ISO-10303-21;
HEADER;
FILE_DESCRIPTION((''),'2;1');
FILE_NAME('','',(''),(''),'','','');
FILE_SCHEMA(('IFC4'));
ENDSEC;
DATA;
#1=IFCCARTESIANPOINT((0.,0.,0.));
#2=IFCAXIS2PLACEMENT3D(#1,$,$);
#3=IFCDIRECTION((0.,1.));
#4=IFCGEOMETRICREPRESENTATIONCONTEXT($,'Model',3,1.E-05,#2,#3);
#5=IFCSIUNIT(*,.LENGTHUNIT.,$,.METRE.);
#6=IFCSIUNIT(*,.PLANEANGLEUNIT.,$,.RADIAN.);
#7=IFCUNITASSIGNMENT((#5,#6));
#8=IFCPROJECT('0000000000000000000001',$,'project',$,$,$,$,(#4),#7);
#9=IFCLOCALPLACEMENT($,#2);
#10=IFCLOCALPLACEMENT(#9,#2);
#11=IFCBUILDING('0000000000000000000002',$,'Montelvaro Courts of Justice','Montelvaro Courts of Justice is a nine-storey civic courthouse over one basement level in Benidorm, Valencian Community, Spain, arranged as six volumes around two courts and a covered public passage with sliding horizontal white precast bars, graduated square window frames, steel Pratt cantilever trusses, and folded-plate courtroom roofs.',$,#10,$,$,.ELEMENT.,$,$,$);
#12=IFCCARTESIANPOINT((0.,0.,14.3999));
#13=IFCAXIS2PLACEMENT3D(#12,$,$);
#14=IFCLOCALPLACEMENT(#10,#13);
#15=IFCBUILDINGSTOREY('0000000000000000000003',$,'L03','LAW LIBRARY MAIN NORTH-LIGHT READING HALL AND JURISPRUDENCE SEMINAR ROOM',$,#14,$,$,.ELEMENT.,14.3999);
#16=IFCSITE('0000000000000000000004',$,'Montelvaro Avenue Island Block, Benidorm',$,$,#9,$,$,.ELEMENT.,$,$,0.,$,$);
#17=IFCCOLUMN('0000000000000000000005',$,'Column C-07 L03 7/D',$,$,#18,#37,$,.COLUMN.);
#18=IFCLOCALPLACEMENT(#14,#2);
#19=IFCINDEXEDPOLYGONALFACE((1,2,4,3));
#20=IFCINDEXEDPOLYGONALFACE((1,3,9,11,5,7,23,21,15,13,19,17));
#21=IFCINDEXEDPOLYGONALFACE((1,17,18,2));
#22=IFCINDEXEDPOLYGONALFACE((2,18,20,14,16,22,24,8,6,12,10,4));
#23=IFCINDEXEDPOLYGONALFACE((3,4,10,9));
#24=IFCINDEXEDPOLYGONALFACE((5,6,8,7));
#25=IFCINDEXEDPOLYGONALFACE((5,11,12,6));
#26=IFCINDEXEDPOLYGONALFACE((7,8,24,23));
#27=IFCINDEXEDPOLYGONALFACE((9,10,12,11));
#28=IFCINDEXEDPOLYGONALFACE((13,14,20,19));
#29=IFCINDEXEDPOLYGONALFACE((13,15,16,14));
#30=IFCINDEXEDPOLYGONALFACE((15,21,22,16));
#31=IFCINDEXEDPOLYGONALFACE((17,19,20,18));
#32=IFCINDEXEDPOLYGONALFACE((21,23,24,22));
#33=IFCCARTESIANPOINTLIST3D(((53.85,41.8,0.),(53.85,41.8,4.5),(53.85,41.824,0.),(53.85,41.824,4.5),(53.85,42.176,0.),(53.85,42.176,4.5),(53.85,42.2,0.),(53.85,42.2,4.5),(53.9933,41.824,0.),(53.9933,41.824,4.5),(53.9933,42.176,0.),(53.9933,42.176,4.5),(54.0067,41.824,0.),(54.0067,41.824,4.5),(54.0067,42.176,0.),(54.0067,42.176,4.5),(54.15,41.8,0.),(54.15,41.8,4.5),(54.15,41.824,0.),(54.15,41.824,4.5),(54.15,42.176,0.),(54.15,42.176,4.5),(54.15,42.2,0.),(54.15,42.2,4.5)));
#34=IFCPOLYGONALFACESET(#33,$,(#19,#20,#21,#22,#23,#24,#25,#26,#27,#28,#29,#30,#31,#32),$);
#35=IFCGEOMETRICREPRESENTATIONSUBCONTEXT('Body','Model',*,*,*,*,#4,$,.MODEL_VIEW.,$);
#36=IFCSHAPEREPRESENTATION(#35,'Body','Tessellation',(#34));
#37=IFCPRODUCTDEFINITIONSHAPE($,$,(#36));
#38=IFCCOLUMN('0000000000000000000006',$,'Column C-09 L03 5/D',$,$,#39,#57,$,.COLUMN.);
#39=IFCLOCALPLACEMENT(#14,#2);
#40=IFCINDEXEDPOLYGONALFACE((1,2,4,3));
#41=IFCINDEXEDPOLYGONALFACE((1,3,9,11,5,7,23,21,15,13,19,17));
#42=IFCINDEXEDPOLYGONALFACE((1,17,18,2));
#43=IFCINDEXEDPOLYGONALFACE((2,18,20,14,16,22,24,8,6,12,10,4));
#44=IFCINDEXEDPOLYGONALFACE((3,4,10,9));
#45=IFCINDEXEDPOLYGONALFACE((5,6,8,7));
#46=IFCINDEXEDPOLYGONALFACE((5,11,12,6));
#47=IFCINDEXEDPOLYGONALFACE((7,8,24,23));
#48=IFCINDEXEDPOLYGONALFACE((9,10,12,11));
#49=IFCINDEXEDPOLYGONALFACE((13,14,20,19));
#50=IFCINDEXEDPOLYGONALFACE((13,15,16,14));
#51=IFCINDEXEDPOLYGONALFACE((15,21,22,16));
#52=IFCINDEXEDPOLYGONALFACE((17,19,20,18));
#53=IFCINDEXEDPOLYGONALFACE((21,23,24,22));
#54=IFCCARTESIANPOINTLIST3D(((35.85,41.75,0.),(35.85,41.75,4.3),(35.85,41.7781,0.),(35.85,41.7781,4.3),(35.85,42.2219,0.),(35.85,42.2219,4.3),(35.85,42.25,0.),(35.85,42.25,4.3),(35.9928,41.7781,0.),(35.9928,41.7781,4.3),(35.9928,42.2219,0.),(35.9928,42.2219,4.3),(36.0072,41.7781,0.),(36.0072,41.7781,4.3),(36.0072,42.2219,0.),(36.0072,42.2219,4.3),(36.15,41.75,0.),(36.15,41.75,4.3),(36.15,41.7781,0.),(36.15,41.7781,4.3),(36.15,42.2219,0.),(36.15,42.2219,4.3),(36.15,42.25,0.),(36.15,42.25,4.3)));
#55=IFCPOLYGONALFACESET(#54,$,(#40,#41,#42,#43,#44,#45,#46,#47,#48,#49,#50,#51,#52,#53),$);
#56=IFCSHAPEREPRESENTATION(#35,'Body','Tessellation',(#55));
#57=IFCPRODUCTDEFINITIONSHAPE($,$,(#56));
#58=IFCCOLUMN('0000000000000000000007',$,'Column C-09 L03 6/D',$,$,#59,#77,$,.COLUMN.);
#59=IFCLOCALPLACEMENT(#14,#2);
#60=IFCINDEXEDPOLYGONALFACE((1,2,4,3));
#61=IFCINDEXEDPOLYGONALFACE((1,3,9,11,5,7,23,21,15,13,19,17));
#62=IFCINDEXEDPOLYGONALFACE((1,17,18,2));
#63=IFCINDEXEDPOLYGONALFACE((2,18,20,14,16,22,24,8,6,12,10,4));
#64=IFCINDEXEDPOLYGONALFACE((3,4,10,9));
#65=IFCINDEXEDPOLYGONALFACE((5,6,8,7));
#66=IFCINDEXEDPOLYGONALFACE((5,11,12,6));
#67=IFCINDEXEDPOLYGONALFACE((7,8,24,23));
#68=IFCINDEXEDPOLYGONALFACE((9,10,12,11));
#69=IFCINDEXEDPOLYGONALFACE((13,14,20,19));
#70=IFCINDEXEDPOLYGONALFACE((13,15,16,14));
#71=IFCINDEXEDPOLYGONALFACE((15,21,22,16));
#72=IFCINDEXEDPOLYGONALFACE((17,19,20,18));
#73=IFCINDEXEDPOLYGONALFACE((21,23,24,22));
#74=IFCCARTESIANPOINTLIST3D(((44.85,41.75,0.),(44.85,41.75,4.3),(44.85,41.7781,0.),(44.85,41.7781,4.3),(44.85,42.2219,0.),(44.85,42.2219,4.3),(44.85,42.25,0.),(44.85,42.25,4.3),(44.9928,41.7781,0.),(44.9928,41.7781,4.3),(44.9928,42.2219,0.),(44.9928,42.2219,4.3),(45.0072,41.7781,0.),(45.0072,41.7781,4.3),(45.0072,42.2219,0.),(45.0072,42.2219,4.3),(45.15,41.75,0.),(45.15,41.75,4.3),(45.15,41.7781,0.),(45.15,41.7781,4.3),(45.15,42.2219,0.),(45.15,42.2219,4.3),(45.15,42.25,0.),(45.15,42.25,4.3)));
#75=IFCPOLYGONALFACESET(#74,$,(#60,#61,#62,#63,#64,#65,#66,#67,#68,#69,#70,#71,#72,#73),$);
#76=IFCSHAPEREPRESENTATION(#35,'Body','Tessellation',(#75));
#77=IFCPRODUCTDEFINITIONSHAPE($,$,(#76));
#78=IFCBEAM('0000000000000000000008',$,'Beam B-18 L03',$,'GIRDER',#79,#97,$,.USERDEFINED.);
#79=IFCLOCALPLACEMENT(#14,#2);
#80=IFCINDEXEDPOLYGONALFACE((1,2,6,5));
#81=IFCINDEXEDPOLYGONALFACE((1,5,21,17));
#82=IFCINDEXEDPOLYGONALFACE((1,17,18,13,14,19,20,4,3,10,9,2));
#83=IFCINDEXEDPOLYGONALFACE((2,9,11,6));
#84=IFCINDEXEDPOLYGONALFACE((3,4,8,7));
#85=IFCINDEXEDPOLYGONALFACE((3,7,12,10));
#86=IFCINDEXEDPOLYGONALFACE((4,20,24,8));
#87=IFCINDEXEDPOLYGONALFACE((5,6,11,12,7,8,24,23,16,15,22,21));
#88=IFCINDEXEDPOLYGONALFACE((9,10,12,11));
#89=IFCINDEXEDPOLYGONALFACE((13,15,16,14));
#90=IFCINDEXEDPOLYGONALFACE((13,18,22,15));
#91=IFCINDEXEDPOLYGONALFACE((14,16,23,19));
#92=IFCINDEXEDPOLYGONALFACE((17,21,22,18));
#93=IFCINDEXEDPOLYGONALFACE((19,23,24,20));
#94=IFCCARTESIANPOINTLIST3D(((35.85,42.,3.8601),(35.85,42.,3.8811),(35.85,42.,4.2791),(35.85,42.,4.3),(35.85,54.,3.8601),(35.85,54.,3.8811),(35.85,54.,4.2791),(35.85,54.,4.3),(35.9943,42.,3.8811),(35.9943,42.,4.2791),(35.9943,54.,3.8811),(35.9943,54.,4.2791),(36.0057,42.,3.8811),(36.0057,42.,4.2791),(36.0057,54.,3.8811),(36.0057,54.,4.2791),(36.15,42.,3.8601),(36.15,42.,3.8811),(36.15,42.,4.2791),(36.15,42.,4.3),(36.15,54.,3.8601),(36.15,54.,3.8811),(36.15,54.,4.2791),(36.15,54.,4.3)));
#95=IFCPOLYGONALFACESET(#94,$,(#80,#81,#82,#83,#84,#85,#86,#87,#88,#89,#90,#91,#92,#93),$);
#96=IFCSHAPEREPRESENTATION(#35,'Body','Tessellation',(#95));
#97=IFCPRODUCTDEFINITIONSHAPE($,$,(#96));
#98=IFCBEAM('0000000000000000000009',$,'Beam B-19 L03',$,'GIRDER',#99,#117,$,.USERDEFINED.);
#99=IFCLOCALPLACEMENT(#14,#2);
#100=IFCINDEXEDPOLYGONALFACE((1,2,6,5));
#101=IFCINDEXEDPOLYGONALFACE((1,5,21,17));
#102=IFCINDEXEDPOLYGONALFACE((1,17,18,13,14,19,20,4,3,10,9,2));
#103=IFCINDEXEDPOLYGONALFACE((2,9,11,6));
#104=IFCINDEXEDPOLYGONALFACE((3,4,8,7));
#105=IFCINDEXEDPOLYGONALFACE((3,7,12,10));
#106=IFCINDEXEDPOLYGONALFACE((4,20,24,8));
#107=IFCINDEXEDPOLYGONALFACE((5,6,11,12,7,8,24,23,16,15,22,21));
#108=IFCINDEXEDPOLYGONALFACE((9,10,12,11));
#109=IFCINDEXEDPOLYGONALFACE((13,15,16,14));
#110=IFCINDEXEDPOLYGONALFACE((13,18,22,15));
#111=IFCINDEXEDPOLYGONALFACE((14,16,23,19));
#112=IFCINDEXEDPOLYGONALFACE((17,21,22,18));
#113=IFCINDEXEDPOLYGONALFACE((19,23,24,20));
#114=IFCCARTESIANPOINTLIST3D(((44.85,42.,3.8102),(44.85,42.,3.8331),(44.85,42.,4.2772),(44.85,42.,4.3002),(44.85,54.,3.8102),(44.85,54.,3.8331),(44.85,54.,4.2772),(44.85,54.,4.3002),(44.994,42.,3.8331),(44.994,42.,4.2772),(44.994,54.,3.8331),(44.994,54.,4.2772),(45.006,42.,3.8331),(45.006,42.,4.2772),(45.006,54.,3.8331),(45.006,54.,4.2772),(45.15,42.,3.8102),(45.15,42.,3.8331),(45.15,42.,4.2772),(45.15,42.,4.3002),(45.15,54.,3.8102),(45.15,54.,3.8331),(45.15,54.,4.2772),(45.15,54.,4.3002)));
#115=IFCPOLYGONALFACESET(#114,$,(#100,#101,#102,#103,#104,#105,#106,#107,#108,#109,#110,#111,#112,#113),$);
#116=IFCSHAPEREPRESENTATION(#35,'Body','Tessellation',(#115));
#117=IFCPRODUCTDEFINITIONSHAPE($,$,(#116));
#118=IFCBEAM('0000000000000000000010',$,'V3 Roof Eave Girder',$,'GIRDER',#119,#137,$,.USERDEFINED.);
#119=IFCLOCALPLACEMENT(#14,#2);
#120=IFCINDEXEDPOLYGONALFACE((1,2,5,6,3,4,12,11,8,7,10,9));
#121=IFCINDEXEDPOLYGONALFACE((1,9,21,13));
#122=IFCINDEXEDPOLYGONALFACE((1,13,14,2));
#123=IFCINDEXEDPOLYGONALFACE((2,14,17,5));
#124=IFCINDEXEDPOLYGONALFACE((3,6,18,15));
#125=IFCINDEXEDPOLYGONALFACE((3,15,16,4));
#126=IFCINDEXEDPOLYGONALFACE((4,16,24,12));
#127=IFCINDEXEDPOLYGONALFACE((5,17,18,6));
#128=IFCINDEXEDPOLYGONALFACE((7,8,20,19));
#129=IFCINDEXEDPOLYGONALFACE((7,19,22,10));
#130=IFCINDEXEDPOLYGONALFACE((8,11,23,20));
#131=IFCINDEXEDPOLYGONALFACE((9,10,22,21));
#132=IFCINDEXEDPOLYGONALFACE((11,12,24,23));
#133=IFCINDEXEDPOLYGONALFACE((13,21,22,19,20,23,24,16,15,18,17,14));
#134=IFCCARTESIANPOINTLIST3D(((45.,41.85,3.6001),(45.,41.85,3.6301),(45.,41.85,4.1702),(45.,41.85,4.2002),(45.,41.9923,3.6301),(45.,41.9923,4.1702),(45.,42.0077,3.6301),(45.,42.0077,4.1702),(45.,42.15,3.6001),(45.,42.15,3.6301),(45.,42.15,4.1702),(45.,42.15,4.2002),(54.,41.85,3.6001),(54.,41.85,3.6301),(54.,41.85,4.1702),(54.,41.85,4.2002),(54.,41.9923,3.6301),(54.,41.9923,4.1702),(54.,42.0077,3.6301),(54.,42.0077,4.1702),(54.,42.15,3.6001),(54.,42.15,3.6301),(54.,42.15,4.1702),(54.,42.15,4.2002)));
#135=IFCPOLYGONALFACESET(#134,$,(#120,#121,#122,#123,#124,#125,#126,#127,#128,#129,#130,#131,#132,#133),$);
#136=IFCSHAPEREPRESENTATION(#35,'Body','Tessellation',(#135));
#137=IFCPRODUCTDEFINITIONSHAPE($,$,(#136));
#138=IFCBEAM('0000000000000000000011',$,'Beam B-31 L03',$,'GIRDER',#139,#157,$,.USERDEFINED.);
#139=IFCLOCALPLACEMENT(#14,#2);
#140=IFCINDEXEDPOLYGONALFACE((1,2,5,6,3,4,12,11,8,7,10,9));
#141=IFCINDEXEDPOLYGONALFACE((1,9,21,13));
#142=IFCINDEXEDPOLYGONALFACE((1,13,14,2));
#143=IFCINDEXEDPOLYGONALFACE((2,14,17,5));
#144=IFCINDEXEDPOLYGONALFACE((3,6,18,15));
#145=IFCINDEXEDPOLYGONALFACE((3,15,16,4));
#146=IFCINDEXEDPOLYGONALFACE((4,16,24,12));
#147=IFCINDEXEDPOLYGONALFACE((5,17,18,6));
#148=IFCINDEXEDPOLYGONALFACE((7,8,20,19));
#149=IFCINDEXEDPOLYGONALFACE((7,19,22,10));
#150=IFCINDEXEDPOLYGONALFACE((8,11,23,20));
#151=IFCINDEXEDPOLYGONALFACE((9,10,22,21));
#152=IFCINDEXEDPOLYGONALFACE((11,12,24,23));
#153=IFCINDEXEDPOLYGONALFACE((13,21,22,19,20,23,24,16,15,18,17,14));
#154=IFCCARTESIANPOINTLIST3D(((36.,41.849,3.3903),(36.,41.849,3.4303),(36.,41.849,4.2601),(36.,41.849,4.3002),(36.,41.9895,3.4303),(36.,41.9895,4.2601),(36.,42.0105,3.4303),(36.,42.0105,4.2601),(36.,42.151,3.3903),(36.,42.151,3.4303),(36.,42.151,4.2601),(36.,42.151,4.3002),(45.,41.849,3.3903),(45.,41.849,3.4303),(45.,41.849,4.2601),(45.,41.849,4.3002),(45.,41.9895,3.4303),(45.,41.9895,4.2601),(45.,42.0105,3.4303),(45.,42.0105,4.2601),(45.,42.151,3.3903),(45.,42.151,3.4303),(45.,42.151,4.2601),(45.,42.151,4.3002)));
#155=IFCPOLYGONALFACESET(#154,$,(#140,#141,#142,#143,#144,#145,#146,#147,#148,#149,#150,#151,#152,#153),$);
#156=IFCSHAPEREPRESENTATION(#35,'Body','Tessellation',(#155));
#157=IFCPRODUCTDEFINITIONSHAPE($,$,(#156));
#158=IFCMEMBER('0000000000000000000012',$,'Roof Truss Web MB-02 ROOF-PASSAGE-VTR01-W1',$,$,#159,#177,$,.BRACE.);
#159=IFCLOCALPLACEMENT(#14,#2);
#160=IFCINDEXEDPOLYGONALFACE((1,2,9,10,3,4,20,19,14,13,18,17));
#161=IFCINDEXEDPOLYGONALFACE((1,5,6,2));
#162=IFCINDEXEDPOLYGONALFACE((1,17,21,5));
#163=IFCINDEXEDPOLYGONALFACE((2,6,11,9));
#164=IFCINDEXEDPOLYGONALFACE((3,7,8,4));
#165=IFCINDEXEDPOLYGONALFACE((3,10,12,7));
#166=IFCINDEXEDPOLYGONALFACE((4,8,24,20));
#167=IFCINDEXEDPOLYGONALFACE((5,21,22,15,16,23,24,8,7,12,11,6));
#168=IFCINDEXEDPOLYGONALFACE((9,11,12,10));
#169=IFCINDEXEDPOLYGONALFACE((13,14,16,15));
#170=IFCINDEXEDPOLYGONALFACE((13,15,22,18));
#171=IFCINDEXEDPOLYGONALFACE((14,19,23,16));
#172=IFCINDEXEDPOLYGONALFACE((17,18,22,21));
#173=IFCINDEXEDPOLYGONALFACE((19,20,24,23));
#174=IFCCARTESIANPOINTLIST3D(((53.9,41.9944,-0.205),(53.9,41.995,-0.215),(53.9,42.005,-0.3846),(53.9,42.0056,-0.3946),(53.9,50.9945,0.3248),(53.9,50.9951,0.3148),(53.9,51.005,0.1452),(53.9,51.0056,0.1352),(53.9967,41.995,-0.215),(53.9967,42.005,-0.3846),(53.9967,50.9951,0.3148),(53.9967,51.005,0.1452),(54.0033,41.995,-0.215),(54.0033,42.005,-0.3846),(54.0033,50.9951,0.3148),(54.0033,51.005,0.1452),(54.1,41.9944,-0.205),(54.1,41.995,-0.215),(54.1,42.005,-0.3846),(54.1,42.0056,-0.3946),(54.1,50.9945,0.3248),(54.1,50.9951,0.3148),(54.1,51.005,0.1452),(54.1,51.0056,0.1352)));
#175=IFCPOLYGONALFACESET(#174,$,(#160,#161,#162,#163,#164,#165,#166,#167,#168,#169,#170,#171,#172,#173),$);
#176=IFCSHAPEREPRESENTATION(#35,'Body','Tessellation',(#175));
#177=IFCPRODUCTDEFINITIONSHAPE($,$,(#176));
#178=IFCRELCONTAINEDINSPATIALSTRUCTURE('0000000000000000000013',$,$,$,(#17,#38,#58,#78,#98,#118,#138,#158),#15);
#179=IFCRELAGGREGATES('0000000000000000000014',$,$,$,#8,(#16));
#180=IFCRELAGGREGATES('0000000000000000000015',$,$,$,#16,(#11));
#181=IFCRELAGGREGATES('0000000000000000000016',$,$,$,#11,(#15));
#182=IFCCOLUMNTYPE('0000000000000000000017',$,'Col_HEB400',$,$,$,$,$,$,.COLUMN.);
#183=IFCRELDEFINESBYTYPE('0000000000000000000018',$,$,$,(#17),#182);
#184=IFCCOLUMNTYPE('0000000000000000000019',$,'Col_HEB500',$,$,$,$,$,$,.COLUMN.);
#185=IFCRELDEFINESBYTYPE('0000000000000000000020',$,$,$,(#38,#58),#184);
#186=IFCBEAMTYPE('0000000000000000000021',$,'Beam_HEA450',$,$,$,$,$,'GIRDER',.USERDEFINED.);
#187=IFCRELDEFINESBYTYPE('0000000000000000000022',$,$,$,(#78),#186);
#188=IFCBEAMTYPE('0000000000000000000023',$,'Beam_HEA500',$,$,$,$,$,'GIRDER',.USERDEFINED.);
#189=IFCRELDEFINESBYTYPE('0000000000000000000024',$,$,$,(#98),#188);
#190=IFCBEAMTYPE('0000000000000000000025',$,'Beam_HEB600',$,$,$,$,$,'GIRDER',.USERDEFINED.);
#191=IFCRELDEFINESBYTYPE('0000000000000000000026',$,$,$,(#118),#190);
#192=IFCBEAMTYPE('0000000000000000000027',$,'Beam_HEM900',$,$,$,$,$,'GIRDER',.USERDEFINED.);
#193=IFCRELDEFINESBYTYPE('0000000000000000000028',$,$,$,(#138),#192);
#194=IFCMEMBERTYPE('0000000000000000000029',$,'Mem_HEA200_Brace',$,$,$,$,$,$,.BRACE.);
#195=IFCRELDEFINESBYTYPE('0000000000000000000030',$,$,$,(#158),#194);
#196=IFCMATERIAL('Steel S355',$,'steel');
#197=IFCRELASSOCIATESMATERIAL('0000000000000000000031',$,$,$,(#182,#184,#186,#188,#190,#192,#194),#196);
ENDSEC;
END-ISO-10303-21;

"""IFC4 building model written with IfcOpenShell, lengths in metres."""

from ifc_helpers import new_model, si_unit, direction, frame, origin, origin_2d, place, context, subcontext, project, spatial, i_section, extrude, material, material_profile, profile_set, type_object, element, save


model = new_model("IFC4")

# Units and contexts
model_context = context("Model", 3, precision=1e-05, world=origin(), true_north=direction((0.0, 1.0)))
body_context = subcontext(model_context, "Body", "Model", "MODEL_VIEW")
ifc_project = project(units=[si_unit("LENGTHUNIT", "METRE"), si_unit("PLANEANGLEUNIT", "RADIAN")], contexts=[model_context])

# Site, building, storey
site_placement = place(None, origin())
site = spatial("IfcSite", under=ifc_project, at=site_placement, Name="Montelvaro Avenue Island Block, Benidorm", CompositionType="ELEMENT", RefElevation=0.0)
building_placement = place(site_placement, origin())
building = spatial("IfcBuilding", under=site, at=building_placement, Name="Montelvaro Courts of Justice", Description="Montelvaro Courts of Justice is a nine-storey civic courthouse over one basement level in Benidorm, Valencian Community, Spain, arranged as six volumes around two courts and a covered public passage with sliding horizontal white precast bars, graduated square window frames, steel Pratt cantilever trusses, and folded-plate courtroom roofs.", CompositionType="ELEMENT")
storey_placement = place(building_placement, frame((0.0, 0.0, 14.3999)))
storey = spatial("IfcBuildingStorey", under=building, at=storey_placement, Name="L03", Description="LAW LIBRARY MAIN NORTH-LIGHT READING HALL AND JURISPRUDENCE SEMINAR ROOM", CompositionType="ELEMENT", Elevation=14.3999)

# Columns
ifc_material_1 = material(Name="Steel S355", Category="steel")
ifc_material_profile_1 = material_profile(ifc_material_1, i_section(OverallWidth=0.3, OverallDepth=0.3999, WebThickness=0.0134, FlangeThickness=0.0239, at=origin_2d()), Name="HEB 400")
ifc_profile_set_1 = profile_set([ifc_material_profile_1], Name="Steel S355")
column_type_1 = type_object("IfcColumnType", Name="Col_HEB400", PredefinedType="COLUMN", material=ifc_profile_set_1)
column_placement = place(storey_placement, frame((54.0, 42.0, 0.0), z_axis=(0.0, 0.0, 1.0), x_axis=(1.0, 0.0, 0.0)))
element("IfcColumn", 1, at=column_placement, inside=storey, type_object=column_type_1, Name="Column C-07 L03 7/D", PredefinedType="COLUMN", context=body_context, shape_type="SweptSolid", body=[
    extrude(i_section(OverallWidth=0.3, OverallDepth=0.3999, WebThickness=0.0134, FlangeThickness=0.0239, at=origin_2d()), origin(), (0.0, 0.0, 1.0), 4.5),
])
ifc_material_profile_2 = material_profile(ifc_material_1, i_section(OverallWidth=0.3, OverallDepth=0.5, WebThickness=0.0144, FlangeThickness=0.0281, at=origin_2d()), Name="HEB 500")
ifc_profile_set_2 = profile_set([ifc_material_profile_2], Name="Steel S355")
column_type_2 = type_object("IfcColumnType", Name="Col_HEB500", PredefinedType="COLUMN", material=ifc_profile_set_2)
for number, where, z_axis, x_axis, name in (
    (2, (36.0, 42.0, 0.0), (0.0, 0.0, 1.0), (1.0, 0.0, 0.0), "Column C-09 L03 5/D"),
    (3, (45.0, 42.0, 0.0), (0.0, 0.0, 1.0), (1.0, 0.0, 0.0), "Column C-09 L03 6/D"),
):
    element("IfcColumn", number, at=place(storey_placement, frame(where, z_axis=z_axis, x_axis=x_axis)), inside=storey, type_object=column_type_2, Name=name, PredefinedType="COLUMN", context=body_context, shape_type="SweptSolid", body=[
        extrude(i_section(OverallWidth=0.3, OverallDepth=0.5, WebThickness=0.0144, FlangeThickness=0.0281, at=origin_2d()), origin(), (0.0, 0.0, 1.0), 4.3),
    ])

# Beams
ifc_material_profile_3 = material_profile(ifc_material_1, i_section(OverallWidth=0.3, OverallDepth=0.4399, WebThickness=0.0115, FlangeThickness=0.021, at=origin_2d()), Name="HEA 450")
ifc_profile_set_3 = profile_set([ifc_material_profile_3], Name="Steel S355")
beam_type_1 = type_object("IfcBeamType", Name="Beam_HEA450", ElementType="GIRDER", PredefinedType="USERDEFINED", material=ifc_profile_set_3)
beam_1_placement = place(storey_placement, frame((36.0, 42.0, 4.0801), z_axis=(0.0, 1.0, 0.0), x_axis=(-1.0, 0.0, 0.0)))
element("IfcBeam", 4, at=beam_1_placement, inside=storey, type_object=beam_type_1, Name="Beam B-18 L03", ObjectType="GIRDER", PredefinedType="USERDEFINED", context=body_context, shape_type="SweptSolid", body=[
    extrude(i_section(OverallWidth=0.3, OverallDepth=0.4399, WebThickness=0.0115, FlangeThickness=0.021, at=origin_2d()), origin(), (0.0, 0.0, 1.0), 12.0),
])
ifc_material_profile_4 = material_profile(ifc_material_1, i_section(OverallWidth=0.3, OverallDepth=0.49, WebThickness=0.012, FlangeThickness=0.0229, at=origin_2d()), Name="HEA 500")
ifc_profile_set_4 = profile_set([ifc_material_profile_4], Name="Steel S355")
beam_type_2 = type_object("IfcBeamType", Name="Beam_HEA500", ElementType="GIRDER", PredefinedType="USERDEFINED", material=ifc_profile_set_4)
beam_2_placement = place(storey_placement, frame((45.0, 42.0, 4.0552), z_axis=(0.0, 1.0, 0.0), x_axis=(-1.0, 0.0, 0.0)))
element("IfcBeam", 5, at=beam_2_placement, inside=storey, type_object=beam_type_2, Name="Beam B-19 L03", ObjectType="GIRDER", PredefinedType="USERDEFINED", context=body_context, shape_type="SweptSolid", body=[
    extrude(i_section(OverallWidth=0.3, OverallDepth=0.49, WebThickness=0.012, FlangeThickness=0.0229, at=origin_2d()), origin(), (0.0, 0.0, 1.0), 12.0),
])
ifc_material_profile_5 = material_profile(ifc_material_1, i_section(OverallWidth=0.3, OverallDepth=0.6001, WebThickness=0.0154, FlangeThickness=0.03, at=origin_2d()), Name="HEB 600")
ifc_profile_set_5 = profile_set([ifc_material_profile_5], Name="Steel S355")
beam_type_3 = type_object("IfcBeamType", Name="Beam_HEB600", ElementType="GIRDER", PredefinedType="USERDEFINED", material=ifc_profile_set_5)
beam_3_placement = place(storey_placement, frame((45.0, 42.0, 3.9001), z_axis=(1.0, 0.0, 0.0), x_axis=(0.0, 1.0, 0.0)))
element("IfcBeam", 6, at=beam_3_placement, inside=storey, type_object=beam_type_3, Name="V3 Roof Eave Girder", ObjectType="GIRDER", PredefinedType="USERDEFINED", context=body_context, shape_type="SweptSolid", body=[
    extrude(i_section(OverallWidth=0.3, OverallDepth=0.6001, WebThickness=0.0154, FlangeThickness=0.03, at=origin_2d()), origin(), (0.0, 0.0, 1.0), 9.0),
])
ifc_material_profile_6 = material_profile(ifc_material_1, i_section(OverallWidth=0.302, OverallDepth=0.9099, WebThickness=0.021, FlangeThickness=0.04, at=origin_2d()), Name="HEM 900")
ifc_profile_set_6 = profile_set([ifc_material_profile_6], Name="Steel S355")
beam_type_4 = type_object("IfcBeamType", Name="Beam_HEM900", ElementType="GIRDER", PredefinedType="USERDEFINED", material=ifc_profile_set_6)
beam_4_placement = place(storey_placement, frame((36.0, 42.0, 3.8452), z_axis=(1.0, 0.0, 0.0), x_axis=(0.0, 1.0, 0.0)))
element("IfcBeam", 7, at=beam_4_placement, inside=storey, type_object=beam_type_4, Name="Beam B-31 L03", ObjectType="GIRDER", PredefinedType="USERDEFINED", context=body_context, shape_type="SweptSolid", body=[
    extrude(i_section(OverallWidth=0.302, OverallDepth=0.9099, WebThickness=0.021, FlangeThickness=0.04, at=origin_2d()), origin(), (0.0, 0.0, 1.0), 9.0),
])

# Member
ifc_material_profile_7 = material_profile(ifc_material_1, i_section(OverallWidth=0.2, OverallDepth=0.1899, WebThickness=0.0066, FlangeThickness=0.01, at=origin_2d()), Name="HEA 200")
ifc_profile_set_7 = profile_set([ifc_material_profile_7], Name="Steel S355")
member_type_1 = type_object("IfcMemberType", Name="Mem_HEA200_Brace", PredefinedType="BRACE", material=ifc_profile_set_7)
member_1_placement = place(storey_placement, frame((54.0, 42.0, -0.2998), z_axis=(0.0, 0.998272, 0.058763), x_axis=(-1.0, 0.0, 0.0)))
element("IfcMember", 8, at=member_1_placement, inside=storey, type_object=member_type_1, Name="Roof Truss Web MB-02 ROOF-PASSAGE-VTR01-W1", PredefinedType="BRACE", context=body_context, shape_type="SweptSolid", body=[
    extrude(i_section(OverallWidth=0.2, OverallDepth=0.1899, WebThickness=0.0066, FlangeThickness=0.01, at=origin_2d()), origin(), (0.0, 0.0, 1.0), 9.0156),
])

save(model, "model.ifc")
